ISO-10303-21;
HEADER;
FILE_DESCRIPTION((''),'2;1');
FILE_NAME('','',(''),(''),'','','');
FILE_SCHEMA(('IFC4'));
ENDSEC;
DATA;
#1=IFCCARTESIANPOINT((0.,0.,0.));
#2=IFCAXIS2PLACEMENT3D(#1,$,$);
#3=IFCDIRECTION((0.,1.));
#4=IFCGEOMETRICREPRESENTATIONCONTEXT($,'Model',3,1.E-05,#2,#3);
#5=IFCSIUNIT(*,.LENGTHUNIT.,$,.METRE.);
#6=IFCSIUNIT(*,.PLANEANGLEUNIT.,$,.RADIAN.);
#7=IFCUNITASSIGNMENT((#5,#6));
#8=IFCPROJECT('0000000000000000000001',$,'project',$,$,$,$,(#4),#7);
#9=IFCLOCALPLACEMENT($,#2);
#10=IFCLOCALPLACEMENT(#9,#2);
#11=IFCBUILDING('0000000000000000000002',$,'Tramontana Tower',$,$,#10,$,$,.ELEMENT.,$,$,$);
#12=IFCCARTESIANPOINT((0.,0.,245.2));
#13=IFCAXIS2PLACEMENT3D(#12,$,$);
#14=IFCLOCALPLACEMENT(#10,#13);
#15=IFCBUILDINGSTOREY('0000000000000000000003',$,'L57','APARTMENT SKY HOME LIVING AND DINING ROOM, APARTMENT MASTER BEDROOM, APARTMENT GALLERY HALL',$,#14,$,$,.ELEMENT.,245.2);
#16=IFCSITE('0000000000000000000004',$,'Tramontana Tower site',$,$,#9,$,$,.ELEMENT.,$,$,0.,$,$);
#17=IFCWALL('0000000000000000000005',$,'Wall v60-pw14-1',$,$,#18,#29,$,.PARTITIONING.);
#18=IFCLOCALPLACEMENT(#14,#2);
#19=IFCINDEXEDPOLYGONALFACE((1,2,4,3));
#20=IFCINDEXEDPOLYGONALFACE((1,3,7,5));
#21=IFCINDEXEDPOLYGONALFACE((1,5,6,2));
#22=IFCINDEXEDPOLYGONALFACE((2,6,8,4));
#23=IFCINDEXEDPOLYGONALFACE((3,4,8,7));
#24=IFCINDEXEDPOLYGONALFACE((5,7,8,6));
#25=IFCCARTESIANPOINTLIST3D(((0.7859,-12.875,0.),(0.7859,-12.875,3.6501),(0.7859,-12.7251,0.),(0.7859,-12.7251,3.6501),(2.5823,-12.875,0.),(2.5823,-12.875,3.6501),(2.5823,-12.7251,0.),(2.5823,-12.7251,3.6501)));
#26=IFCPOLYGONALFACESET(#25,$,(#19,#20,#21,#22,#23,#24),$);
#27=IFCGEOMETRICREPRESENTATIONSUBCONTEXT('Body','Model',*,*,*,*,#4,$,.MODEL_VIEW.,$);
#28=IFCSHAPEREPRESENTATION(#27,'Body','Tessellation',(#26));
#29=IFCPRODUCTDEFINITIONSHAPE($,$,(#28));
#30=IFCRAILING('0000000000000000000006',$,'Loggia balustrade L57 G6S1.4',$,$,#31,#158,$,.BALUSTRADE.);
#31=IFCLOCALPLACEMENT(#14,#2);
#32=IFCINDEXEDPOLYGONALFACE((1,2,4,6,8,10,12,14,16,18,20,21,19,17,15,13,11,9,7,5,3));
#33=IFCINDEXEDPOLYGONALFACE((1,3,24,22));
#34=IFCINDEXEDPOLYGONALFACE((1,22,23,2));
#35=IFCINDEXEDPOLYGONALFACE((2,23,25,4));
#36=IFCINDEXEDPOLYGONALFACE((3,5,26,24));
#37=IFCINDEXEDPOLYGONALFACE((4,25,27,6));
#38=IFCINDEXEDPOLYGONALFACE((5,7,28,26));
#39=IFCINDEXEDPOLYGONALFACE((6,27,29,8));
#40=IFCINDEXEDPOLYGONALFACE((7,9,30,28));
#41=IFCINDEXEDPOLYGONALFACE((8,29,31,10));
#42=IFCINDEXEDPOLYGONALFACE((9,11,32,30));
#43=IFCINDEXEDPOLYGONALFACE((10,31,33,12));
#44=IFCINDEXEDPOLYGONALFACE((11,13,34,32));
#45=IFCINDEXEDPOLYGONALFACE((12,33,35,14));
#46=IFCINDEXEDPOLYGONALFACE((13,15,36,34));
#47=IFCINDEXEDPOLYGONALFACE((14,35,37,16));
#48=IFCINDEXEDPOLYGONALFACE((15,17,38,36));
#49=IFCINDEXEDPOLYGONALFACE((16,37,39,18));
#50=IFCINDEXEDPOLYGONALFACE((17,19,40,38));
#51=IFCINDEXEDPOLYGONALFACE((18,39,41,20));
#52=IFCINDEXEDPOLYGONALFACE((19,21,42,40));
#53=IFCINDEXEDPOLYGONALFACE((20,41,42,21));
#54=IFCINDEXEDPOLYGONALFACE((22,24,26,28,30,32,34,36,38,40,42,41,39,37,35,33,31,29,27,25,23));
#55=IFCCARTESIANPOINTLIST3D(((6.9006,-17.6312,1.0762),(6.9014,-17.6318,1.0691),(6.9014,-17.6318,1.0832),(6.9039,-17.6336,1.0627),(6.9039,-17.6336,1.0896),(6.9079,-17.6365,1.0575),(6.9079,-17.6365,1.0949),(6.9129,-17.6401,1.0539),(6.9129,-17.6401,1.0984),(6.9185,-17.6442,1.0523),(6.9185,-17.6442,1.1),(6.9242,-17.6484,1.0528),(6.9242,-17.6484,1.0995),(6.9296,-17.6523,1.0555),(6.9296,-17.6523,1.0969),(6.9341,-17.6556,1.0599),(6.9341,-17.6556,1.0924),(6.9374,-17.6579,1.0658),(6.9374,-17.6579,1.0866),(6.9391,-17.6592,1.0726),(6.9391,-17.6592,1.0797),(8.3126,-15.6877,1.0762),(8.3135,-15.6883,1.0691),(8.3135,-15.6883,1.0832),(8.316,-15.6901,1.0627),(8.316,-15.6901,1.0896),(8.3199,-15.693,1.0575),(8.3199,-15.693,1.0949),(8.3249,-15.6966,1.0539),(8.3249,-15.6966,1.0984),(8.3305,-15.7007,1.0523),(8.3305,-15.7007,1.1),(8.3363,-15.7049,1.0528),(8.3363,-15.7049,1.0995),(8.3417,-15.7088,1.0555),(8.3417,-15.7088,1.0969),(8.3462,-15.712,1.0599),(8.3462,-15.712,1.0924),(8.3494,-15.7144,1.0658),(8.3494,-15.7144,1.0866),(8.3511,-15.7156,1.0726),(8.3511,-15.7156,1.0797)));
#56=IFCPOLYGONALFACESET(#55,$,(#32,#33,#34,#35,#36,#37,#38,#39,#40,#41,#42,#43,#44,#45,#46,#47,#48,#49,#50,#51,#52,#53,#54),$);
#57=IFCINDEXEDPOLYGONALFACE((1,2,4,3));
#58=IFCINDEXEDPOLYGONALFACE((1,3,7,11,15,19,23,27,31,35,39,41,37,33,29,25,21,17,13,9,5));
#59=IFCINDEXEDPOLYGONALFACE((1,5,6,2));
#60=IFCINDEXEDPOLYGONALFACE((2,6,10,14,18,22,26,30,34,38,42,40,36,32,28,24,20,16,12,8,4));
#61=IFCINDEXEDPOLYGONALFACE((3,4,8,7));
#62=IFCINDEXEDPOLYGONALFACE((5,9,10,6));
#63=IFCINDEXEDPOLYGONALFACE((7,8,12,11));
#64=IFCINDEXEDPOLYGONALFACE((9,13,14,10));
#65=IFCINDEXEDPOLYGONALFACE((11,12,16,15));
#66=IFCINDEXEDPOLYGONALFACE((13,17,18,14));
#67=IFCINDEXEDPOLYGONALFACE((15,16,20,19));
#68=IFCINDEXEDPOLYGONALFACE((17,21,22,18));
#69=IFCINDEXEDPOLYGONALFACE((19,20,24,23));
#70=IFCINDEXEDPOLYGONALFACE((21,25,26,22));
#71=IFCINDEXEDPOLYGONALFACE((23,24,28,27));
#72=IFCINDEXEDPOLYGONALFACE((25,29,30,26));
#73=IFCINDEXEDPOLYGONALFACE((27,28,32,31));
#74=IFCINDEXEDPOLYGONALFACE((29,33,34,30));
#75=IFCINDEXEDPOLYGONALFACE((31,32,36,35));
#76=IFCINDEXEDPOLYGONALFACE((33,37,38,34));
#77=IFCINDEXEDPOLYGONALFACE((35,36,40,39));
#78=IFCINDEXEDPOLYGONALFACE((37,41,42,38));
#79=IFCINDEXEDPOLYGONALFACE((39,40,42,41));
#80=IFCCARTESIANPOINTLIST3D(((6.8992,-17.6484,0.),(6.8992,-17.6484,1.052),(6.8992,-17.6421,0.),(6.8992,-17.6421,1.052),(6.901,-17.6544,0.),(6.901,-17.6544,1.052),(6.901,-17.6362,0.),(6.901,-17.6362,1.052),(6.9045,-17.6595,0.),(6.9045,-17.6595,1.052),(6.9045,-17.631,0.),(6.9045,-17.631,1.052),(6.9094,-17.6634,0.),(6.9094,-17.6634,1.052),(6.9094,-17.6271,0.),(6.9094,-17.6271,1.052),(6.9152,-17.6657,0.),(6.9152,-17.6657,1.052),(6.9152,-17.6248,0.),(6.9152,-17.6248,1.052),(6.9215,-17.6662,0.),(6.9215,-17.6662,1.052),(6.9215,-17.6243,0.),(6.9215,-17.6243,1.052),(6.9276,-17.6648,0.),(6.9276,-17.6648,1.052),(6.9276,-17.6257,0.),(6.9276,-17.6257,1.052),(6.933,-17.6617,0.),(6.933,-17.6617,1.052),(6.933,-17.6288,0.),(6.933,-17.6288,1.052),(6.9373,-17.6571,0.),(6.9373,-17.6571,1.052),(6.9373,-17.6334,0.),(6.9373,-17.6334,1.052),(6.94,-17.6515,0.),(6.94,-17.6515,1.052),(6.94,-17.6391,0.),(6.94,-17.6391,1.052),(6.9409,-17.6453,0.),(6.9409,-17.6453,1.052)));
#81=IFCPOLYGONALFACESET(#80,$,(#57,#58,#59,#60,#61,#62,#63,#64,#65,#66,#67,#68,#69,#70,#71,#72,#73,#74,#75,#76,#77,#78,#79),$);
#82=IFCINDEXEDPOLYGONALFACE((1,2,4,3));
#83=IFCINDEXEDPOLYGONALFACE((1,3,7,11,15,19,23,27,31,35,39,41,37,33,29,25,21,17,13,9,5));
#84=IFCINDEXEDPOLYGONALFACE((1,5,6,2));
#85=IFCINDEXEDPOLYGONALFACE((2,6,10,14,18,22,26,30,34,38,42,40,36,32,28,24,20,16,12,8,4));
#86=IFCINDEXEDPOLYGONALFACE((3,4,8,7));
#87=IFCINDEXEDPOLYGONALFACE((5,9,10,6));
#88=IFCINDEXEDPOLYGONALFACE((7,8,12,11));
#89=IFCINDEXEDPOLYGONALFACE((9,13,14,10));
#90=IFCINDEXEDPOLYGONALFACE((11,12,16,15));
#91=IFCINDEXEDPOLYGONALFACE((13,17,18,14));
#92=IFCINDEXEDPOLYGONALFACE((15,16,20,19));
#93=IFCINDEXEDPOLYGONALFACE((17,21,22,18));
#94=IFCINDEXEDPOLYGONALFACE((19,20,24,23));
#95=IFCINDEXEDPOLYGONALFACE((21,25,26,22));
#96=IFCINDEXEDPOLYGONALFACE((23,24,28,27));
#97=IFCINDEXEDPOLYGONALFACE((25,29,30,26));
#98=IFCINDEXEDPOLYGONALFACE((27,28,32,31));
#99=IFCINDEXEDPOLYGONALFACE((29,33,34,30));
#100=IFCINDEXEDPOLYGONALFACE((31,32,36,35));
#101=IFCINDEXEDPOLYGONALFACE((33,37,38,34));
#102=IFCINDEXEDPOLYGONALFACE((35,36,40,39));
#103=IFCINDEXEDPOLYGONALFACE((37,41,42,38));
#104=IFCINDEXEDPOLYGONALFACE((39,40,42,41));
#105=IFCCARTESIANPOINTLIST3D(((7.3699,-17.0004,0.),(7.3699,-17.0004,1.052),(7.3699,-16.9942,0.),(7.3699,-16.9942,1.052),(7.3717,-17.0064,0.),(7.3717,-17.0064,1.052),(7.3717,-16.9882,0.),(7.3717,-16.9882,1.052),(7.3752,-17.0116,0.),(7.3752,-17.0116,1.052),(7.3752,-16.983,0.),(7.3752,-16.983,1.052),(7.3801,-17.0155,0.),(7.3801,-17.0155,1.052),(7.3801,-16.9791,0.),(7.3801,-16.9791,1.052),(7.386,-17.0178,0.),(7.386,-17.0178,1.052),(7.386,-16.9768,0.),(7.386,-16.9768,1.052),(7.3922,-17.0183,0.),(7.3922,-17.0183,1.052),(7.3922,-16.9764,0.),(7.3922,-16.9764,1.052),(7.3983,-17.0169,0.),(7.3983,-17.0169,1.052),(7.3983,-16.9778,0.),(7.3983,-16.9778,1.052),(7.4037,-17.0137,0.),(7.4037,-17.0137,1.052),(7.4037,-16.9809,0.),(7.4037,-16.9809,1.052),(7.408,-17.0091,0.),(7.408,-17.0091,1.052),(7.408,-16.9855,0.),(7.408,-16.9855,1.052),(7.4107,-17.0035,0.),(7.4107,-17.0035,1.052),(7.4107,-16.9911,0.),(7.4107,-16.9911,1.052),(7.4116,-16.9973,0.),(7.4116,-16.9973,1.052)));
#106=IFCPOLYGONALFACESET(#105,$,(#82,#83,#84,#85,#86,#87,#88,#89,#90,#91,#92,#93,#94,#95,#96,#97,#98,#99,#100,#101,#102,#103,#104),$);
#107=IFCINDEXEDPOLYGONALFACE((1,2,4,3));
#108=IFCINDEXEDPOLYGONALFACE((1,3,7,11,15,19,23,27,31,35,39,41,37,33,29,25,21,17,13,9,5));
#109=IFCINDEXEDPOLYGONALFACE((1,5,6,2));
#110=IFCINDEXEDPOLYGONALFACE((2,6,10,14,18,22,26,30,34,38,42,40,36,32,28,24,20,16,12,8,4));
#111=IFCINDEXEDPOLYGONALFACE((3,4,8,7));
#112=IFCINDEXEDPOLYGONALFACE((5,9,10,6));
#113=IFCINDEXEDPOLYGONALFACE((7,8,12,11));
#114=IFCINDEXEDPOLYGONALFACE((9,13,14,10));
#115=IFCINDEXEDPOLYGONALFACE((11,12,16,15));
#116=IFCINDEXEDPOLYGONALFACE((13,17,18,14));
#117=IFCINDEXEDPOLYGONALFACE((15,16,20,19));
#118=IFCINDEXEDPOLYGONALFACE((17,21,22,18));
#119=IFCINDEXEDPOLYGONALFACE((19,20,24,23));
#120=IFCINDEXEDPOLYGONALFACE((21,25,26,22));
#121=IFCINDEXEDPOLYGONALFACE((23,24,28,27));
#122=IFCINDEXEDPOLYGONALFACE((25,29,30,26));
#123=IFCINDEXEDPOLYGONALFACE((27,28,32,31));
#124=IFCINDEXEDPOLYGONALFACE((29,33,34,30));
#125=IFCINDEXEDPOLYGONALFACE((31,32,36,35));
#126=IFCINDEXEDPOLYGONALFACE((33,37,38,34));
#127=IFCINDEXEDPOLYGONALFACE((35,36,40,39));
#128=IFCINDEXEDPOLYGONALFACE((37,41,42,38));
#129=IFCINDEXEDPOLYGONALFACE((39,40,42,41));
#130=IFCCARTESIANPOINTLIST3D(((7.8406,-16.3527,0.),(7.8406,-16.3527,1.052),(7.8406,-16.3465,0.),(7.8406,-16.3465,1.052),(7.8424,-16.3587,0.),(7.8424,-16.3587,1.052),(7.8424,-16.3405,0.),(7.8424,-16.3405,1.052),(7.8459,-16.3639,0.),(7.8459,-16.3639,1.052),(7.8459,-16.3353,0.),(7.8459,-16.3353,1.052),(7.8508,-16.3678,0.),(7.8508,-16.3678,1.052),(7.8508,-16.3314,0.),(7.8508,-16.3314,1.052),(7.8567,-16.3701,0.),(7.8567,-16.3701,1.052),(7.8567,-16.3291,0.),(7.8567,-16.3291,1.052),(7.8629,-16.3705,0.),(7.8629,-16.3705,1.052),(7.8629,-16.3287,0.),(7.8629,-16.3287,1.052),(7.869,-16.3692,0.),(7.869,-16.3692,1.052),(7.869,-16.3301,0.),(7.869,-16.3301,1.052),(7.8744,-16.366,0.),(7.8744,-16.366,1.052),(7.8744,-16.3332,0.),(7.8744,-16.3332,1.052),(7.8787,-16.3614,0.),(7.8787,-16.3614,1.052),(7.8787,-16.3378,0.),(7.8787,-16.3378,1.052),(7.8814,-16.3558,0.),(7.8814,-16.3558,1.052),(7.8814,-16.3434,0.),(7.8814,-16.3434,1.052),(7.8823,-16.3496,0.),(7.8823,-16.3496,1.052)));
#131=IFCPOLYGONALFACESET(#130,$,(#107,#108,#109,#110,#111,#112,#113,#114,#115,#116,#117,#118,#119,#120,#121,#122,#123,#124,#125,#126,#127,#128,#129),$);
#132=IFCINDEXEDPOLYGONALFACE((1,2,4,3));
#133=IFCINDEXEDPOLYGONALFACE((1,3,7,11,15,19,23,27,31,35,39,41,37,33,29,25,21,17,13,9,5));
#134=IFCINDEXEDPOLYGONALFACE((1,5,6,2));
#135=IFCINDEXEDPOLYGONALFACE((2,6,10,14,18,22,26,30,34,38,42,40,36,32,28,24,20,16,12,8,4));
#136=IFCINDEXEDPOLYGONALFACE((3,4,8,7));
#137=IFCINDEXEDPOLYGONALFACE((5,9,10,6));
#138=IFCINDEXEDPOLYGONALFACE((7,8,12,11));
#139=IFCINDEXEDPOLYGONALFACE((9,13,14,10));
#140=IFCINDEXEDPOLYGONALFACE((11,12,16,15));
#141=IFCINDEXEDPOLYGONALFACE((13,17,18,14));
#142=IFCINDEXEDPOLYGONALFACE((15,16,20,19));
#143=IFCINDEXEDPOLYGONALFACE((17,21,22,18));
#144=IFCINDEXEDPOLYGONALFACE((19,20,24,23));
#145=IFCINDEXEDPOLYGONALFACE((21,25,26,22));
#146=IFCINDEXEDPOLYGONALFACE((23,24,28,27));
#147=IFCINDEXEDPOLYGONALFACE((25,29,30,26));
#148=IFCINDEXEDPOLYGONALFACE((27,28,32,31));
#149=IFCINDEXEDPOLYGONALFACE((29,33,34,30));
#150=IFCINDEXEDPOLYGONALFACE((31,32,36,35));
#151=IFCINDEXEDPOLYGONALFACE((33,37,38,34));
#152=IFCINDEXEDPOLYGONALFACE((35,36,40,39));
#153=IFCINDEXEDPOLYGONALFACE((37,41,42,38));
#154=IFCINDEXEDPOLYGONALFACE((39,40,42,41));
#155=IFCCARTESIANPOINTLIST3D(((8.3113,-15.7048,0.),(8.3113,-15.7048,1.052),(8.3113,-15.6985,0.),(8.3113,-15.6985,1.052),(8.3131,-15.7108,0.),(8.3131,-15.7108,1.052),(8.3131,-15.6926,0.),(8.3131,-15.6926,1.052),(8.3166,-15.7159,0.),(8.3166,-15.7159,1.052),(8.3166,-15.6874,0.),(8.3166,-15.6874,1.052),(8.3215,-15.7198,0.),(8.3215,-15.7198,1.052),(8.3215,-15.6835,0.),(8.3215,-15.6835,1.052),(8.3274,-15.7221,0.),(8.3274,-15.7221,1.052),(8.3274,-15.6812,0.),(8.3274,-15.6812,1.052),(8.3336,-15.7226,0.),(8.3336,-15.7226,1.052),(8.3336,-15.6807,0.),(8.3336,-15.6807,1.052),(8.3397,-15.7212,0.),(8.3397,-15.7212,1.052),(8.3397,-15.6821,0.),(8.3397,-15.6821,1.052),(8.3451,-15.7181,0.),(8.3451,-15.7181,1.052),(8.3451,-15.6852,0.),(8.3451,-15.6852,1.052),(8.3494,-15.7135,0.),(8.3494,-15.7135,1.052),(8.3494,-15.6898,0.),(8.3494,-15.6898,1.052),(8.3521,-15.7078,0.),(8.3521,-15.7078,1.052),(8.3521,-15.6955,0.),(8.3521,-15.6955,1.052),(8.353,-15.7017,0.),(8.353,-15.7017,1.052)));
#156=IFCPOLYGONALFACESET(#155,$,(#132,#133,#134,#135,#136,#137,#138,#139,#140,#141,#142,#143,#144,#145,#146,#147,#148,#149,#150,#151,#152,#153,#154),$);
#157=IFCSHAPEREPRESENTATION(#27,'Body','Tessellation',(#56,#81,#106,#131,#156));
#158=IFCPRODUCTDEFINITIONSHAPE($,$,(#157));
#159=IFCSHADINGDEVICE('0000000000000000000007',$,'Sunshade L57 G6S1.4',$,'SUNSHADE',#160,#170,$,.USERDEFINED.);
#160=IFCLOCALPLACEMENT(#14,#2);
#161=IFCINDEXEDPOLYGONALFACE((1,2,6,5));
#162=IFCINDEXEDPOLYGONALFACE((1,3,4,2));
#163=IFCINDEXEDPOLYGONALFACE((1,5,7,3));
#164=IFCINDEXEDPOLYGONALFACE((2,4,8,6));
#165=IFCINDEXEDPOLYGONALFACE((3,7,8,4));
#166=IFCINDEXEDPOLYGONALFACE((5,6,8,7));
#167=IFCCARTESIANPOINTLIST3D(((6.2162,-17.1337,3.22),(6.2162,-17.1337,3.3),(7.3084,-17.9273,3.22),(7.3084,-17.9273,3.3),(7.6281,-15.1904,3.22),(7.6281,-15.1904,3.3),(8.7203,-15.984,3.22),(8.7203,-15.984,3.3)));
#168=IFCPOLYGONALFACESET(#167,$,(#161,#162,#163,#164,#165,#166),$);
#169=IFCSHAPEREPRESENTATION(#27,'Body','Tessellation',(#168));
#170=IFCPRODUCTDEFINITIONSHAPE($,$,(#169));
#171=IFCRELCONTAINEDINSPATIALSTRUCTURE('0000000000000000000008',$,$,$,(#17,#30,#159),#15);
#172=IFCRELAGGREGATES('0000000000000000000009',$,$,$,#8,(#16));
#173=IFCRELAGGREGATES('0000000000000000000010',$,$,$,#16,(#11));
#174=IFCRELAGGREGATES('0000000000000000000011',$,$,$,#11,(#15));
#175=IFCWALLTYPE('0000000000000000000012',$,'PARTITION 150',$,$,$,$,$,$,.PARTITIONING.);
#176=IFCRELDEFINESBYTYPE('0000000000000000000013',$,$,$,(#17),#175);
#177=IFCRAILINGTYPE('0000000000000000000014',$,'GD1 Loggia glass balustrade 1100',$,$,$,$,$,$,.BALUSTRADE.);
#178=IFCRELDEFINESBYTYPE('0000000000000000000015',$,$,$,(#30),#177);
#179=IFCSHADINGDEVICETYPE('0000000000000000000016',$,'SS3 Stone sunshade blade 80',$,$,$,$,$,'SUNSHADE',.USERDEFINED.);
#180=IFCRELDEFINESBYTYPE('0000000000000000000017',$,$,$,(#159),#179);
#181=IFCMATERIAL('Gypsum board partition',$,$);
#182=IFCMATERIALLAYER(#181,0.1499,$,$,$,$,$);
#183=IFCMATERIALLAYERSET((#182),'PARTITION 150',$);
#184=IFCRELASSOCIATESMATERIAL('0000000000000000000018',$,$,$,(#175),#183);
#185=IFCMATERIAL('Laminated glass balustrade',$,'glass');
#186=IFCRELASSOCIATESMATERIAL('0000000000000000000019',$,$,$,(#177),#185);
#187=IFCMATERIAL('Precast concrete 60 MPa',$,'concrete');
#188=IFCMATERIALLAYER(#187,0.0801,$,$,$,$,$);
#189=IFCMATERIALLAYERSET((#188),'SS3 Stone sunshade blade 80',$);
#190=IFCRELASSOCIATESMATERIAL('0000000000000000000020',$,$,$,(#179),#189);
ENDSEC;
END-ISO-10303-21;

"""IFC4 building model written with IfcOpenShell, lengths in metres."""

from ifc_helpers import new_model, si_unit, direction, frame, frame_2d, origin, origin_2d, place, context, subcontext, project, spatial, rectangle, circle, extrude, material, layer, layer_set, type_object, element, save


model = new_model("IFC4")

# Units and contexts
model_context = context("Model", 3, precision=1e-05, world=origin(), true_north=direction((0.0, 1.0)))
body_context = subcontext(model_context, "Body", "Model", "MODEL_VIEW")
ifc_project = project(units=[si_unit("LENGTHUNIT", "METRE"), si_unit("PLANEANGLEUNIT", "RADIAN")], contexts=[model_context])

# Site, building, storey
site_placement = place(None, origin())
site = spatial("IfcSite", under=ifc_project, at=site_placement, Name="Tramontana Tower site", CompositionType="ELEMENT", RefElevation=0.0)
building_placement = place(site_placement, origin())
building = spatial("IfcBuilding", under=site, at=building_placement, Name="Tramontana Tower", CompositionType="ELEMENT")
storey_placement = place(building_placement, frame((0.0, 0.0, 245.2)))
storey = spatial("IfcBuildingStorey", under=building, at=storey_placement, Name="L57", Description="APARTMENT SKY HOME LIVING AND DINING ROOM, APARTMENT MASTER BEDROOM, APARTMENT GALLERY HALL", CompositionType="ELEMENT", Elevation=245.2)

# Wall
ifc_material_1 = material(Name="Gypsum board partition")
ifc_layer_1 = layer(ifc_material_1, 0.1499)
ifc_layer_set_1 = layer_set([ifc_layer_1], Name="PARTITION 150")
wall_type_1 = type_object("IfcWallType", Name="PARTITION 150", PredefinedType="PARTITIONING", material=ifc_layer_set_1)
wall_1_placement = place(storey_placement, frame((2.5823, -12.8, 0.0), z_axis=(0.0, 0.0, 1.0), x_axis=(-1.0, 0.0, 0.0)))
element("IfcWall", 1, at=wall_1_placement, inside=storey, type_object=wall_type_1, Name="Wall v60-pw14-1", PredefinedType="PARTITIONING", context=body_context, shape_type="SweptSolid", body=[
    extrude(rectangle(XDim=1.7964, YDim=0.1499, at=frame_2d((0.8982, 0.0))), origin(), (0.0, 0.0, 1.0), 3.6501),
])

# Railing
ifc_material_2 = material(Name="Laminated glass balustrade", Category="glass")
railing_type = type_object("IfcRailingType", Name="GD1 Loggia glass balustrade 1100", PredefinedType="BALUSTRADE", material=ifc_material_2)
railing_placement = place(storey_placement, frame((6.9199, -17.6453, 0.0)))
element("IfcRailing", 2, at=railing_placement, inside=storey, type_object=railing_type, Name="Loggia balustrade L57 G6S1.4", PredefinedType="BALUSTRADE", context=body_context, shape_type="SweptSolid", body=[
    extrude(circle(Radius=0.0239, at=origin_2d()), frame((0.0, 0.0, 1.0762), z_axis=(0.587785, 0.809017, 0.0), x_axis=(-0.809017, 0.587785, 0.0)), (0.0, 0.0, 1.0), 2.4023),
    extrude(circle(Radius=0.021, at=origin_2d()), origin(), (0.0, 0.0, 1.0), 1.052),
    extrude(circle(Radius=0.021, at=origin_2d()), frame((0.4707, 0.6479, 0.0)), (0.0, 0.0, 1.0), 1.052),
    extrude(circle(Radius=0.021, at=origin_2d()), frame((0.9414, 1.2957, 0.0)), (0.0, 0.0, 1.0), 1.052),
    extrude(circle(Radius=0.021, at=origin_2d()), frame((1.4121, 1.9436, 0.0)), (0.0, 0.0, 1.0), 1.052),
])

# Shading device
ifc_material_3 = material(Name="Precast concrete 60 MPa", Category="concrete")
ifc_layer_2 = layer(ifc_material_3, 0.0801)
ifc_layer_set_2 = layer_set([ifc_layer_2], Name="SS3 Stone sunshade blade 80")
shading_device_type = type_object("IfcShadingDeviceType", Name="SS3 Stone sunshade blade 80", ElementType="SUNSHADE", PredefinedType="USERDEFINED", material=ifc_layer_set_2)
shading_device_placement = place(storey_placement, frame((7.4683, -16.5588, 3.22), z_axis=(0.0, 0.0, 1.0), x_axis=(0.587785, 0.809017, 0.0)))
element("IfcShadingDevice", 3, at=shading_device_placement, inside=storey, type_object=shading_device_type, Name="Sunshade L57 G6S1.4", ObjectType="SUNSHADE", PredefinedType="USERDEFINED", context=body_context, shape_type="SweptSolid", body=[
    extrude(rectangle(XDim=2.4021, YDim=1.3501, at=origin_2d()), origin(), (0.0, 0.0, 1.0), 0.0801),
])

save(model, "model.ifc")
